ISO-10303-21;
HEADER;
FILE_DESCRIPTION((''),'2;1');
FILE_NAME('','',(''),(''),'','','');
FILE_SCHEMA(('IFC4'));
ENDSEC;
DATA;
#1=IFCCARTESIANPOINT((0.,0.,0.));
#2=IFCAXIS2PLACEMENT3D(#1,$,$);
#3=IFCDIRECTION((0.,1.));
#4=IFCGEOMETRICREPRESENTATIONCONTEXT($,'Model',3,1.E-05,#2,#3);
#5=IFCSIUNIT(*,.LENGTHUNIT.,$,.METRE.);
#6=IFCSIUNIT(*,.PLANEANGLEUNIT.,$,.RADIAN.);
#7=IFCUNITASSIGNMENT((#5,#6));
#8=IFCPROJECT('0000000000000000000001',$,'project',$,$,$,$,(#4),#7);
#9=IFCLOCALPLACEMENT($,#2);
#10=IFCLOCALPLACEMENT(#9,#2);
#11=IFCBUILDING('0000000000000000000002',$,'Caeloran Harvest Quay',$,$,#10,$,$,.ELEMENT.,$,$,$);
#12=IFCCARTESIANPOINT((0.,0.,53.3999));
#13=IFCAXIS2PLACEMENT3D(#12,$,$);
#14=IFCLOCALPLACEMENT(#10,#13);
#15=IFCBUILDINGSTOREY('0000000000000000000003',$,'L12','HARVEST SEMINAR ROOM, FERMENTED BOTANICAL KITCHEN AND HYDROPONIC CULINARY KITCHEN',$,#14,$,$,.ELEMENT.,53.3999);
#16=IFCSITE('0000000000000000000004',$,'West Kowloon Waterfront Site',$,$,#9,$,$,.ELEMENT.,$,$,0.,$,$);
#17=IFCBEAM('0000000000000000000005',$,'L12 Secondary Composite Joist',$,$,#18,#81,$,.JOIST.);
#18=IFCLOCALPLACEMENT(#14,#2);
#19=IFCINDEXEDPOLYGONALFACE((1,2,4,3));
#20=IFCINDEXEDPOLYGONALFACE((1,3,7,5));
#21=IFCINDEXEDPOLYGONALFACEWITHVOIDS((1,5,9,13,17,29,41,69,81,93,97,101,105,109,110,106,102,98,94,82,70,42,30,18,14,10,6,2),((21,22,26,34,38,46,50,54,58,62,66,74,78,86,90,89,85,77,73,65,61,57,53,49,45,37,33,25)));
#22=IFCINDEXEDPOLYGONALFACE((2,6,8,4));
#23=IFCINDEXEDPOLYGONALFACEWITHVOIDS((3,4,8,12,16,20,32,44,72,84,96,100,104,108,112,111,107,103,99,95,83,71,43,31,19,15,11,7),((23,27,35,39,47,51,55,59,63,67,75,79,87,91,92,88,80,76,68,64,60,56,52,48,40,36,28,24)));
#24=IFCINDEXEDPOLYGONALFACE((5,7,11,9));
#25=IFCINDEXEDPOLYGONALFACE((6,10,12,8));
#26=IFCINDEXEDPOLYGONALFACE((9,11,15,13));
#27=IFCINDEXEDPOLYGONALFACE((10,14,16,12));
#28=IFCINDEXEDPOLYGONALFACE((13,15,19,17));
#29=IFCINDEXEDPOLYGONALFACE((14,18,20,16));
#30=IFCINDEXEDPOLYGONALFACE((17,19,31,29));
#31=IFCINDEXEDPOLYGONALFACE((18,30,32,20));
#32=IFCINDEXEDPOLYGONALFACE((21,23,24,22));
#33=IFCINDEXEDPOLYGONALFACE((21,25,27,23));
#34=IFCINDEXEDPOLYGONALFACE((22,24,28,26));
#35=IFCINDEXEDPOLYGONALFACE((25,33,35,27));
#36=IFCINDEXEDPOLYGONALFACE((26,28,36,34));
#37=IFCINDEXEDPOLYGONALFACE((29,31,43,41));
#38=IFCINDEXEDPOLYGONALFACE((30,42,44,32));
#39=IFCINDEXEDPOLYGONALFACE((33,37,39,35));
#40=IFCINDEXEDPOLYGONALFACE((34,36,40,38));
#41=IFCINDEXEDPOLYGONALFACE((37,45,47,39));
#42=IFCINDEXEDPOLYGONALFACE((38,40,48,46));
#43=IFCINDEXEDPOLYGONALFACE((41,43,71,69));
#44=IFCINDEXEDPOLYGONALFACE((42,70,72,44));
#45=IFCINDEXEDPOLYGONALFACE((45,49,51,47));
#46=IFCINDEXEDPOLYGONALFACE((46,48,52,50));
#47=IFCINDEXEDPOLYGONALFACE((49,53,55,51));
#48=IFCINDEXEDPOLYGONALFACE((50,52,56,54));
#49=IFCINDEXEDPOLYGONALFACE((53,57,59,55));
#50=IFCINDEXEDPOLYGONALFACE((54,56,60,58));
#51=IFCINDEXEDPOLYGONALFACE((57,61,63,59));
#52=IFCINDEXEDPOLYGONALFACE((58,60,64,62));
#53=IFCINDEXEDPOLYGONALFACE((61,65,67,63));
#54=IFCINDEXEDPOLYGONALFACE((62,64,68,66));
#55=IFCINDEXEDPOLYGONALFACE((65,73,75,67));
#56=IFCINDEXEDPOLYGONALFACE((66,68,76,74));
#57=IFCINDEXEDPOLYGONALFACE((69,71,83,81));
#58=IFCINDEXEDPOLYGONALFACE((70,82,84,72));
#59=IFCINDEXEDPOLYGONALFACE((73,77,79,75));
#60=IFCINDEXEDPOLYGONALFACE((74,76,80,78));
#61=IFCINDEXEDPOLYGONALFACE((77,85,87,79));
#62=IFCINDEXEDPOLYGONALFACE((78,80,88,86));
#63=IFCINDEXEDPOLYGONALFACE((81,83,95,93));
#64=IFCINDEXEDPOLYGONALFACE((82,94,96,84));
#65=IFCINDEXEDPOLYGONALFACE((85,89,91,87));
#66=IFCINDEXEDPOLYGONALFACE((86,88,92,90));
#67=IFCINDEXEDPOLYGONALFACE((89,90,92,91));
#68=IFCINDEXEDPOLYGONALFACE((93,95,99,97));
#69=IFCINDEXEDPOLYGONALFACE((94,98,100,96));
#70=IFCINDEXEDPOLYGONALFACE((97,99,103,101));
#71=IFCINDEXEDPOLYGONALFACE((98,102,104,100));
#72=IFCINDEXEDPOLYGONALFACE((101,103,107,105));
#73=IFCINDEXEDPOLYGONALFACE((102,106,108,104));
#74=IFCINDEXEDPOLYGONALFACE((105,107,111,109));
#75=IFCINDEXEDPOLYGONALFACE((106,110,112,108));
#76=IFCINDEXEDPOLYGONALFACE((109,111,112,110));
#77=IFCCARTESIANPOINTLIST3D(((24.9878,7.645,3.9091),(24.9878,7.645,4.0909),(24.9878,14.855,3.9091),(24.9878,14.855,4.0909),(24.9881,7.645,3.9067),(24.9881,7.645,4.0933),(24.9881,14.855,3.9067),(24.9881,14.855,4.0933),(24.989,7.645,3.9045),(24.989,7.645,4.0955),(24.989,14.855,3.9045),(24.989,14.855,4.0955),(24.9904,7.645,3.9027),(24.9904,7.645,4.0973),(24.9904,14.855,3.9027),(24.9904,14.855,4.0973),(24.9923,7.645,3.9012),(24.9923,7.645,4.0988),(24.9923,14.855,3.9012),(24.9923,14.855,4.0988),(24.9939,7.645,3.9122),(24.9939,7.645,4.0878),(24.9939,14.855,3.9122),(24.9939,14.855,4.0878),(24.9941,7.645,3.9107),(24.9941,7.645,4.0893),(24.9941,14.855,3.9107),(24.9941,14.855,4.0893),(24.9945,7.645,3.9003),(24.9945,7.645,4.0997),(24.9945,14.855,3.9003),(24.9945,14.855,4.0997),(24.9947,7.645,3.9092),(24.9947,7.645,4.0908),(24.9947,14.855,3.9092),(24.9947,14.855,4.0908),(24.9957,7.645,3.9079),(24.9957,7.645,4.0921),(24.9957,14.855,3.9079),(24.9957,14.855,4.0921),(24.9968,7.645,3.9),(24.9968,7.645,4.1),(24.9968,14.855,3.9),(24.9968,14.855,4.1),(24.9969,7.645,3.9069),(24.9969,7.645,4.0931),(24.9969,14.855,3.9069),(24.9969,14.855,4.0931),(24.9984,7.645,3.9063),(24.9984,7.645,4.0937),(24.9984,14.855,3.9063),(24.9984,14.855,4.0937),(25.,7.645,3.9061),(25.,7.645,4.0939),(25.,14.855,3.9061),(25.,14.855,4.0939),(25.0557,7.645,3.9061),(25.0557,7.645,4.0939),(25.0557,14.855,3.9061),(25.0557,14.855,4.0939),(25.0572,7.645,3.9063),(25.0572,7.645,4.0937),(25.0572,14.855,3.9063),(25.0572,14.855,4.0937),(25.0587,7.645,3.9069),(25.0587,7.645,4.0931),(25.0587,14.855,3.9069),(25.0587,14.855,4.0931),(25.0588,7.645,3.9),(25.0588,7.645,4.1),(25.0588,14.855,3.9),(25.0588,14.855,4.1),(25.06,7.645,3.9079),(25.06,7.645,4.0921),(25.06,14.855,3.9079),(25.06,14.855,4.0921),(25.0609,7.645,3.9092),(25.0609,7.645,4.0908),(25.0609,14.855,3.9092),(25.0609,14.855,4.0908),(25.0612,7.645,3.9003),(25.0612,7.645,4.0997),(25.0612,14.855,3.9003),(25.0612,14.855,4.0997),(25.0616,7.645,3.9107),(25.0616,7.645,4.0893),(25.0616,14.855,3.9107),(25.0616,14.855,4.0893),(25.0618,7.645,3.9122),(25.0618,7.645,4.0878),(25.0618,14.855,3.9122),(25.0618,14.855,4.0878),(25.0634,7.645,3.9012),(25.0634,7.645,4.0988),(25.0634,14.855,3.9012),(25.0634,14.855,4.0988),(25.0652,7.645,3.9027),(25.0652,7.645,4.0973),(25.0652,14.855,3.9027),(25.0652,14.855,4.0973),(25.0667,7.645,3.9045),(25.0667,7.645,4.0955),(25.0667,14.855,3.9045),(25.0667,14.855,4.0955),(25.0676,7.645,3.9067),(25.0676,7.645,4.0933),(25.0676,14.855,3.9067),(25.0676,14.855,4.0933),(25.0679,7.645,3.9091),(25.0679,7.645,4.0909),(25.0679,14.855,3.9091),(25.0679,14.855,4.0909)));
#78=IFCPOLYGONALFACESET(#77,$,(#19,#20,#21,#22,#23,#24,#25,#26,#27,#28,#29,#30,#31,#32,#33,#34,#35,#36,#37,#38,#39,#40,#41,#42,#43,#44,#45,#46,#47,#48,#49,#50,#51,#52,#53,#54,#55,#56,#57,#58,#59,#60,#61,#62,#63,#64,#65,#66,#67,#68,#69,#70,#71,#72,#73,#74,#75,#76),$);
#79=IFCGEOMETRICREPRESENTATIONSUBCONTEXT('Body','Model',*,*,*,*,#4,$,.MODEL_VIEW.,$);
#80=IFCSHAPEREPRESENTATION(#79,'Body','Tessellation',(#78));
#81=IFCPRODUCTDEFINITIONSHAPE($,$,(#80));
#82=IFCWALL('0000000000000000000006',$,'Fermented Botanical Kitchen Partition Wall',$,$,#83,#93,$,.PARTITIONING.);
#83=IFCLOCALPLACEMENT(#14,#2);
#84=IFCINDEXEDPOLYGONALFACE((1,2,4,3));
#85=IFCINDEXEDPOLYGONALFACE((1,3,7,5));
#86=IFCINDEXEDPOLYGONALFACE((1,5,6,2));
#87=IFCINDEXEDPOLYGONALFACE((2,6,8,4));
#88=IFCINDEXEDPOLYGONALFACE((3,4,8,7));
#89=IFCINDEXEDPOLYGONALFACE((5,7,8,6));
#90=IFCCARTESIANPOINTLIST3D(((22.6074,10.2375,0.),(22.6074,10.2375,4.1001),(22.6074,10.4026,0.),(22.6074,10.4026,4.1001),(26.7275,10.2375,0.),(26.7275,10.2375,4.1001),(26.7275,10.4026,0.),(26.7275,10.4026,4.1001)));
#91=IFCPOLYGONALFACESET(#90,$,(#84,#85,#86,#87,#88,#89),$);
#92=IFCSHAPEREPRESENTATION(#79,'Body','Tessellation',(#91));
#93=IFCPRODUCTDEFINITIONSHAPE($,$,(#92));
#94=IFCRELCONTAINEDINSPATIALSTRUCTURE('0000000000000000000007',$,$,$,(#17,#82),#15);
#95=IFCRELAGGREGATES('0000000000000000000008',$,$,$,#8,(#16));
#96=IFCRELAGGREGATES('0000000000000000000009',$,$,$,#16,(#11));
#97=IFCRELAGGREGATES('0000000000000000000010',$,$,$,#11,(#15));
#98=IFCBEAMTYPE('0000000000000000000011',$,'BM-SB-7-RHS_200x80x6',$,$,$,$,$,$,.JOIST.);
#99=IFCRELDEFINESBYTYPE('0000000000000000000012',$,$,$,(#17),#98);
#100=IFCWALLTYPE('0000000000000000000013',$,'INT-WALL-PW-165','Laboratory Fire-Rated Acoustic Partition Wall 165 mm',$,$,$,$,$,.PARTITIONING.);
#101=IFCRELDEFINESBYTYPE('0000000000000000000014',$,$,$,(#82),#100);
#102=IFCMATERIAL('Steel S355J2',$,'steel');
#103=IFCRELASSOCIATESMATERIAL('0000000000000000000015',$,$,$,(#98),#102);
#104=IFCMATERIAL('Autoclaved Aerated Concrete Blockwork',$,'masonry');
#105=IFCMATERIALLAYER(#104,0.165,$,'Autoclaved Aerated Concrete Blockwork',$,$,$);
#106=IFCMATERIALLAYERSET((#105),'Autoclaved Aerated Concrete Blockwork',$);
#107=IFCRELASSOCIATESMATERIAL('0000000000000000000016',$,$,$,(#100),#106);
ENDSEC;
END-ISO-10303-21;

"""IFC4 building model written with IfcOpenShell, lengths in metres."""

from ifc_helpers import new_model, si_unit, direction, frame, frame_2d, origin, origin_2d, place, context, subcontext, project, spatial, rectangle, hollow_rectangle, extrude, material, layer, layer_set, material_profile, profile_set, type_object, element, save


model = new_model("IFC4")

# Units and contexts
model_context = context("Model", 3, precision=1e-05, world=origin(), true_north=direction((0.0, 1.0)))
body_context = subcontext(model_context, "Body", "Model", "MODEL_VIEW")
ifc_project = project(units=[si_unit("LENGTHUNIT", "METRE"), si_unit("PLANEANGLEUNIT", "RADIAN")], contexts=[model_context])

# Site, building, storey
site_placement = place(None, origin())
site = spatial("IfcSite", under=ifc_project, at=site_placement, Name="West Kowloon Waterfront Site", CompositionType="ELEMENT", RefElevation=0.0)
building_placement = place(site_placement, origin())
building = spatial("IfcBuilding", under=site, at=building_placement, Name="Caeloran Harvest Quay", CompositionType="ELEMENT")
storey_placement = place(building_placement, frame((0.0, 0.0, 53.3999)))
storey = spatial("IfcBuildingStorey", under=building, at=storey_placement, Name="L12", Description="HARVEST SEMINAR ROOM, FERMENTED BOTANICAL KITCHEN AND HYDROPONIC CULINARY KITCHEN", CompositionType="ELEMENT", Elevation=53.3999)

# Beam
ifc_material_1 = material(Name="Steel S355J2", Category="steel")
ifc_material_profile_1 = material_profile(ifc_material_1, hollow_rectangle(XDim=0.0801, YDim=0.2, WallThickness=0.0061, InnerFilletRadius=0.0061, OuterFilletRadius=0.009, at=origin_2d()), Name="RHS 200x80x6")
ifc_profile_set_1 = profile_set([ifc_material_profile_1], Name="Steel S355J2")
beam_type_1 = type_object("IfcBeamType", Name="BM-SB-7-RHS_200x80x6", PredefinedType="JOIST", material=ifc_profile_set_1)
for number, where, z_axis, x_axis, name in (
    (1, (25.0278, 7.645, 4.0), (0.0, 1.0, 0.0), (-1.0, 0.0, 0.0), "L12 Secondary Composite Joist"),
):
    element("IfcBeam", number, at=place(storey_placement, frame(where, z_axis=z_axis, x_axis=x_axis)), inside=storey, type_object=beam_type_1, Name=name, PredefinedType="JOIST", context=body_context, shape_type="SweptSolid", body=[
        extrude(hollow_rectangle(XDim=0.0801, YDim=0.2, WallThickness=0.0061, InnerFilletRadius=0.0061, OuterFilletRadius=0.009, at=origin_2d()), origin(), (0.0, 0.0, 1.0), 7.21),
    ])

# Wall
ifc_material_2 = material(Name="Autoclaved Aerated Concrete Blockwork", Category="masonry")
ifc_layer = layer(ifc_material_2, 0.165, Name="Autoclaved Aerated Concrete Blockwork")
ifc_layer_set = layer_set([ifc_layer], Name="Autoclaved Aerated Concrete Blockwork")
wall_type = type_object("IfcWallType", Name="INT-WALL-PW-165", Description="Laboratory Fire-Rated Acoustic Partition Wall 165 mm", PredefinedType="PARTITIONING", material=ifc_layer_set)
wall_placement = place(storey_placement, frame((22.6074, 10.3201, 0.0), z_axis=(0.0, 0.0, 1.0), x_axis=(1.0, 0.0, 0.0)))
element("IfcWall", 2, at=wall_placement, inside=storey, type_object=wall_type, Name="Fermented Botanical Kitchen Partition Wall", PredefinedType="PARTITIONING", context=body_context, shape_type="SweptSolid", body=[
    extrude(rectangle(XDim=4.1201, YDim=0.165, at=frame_2d((2.0601, 0.0))), origin(), (0.0, 0.0, 1.0), 4.1001),
])

save(model, "model.ifc")
